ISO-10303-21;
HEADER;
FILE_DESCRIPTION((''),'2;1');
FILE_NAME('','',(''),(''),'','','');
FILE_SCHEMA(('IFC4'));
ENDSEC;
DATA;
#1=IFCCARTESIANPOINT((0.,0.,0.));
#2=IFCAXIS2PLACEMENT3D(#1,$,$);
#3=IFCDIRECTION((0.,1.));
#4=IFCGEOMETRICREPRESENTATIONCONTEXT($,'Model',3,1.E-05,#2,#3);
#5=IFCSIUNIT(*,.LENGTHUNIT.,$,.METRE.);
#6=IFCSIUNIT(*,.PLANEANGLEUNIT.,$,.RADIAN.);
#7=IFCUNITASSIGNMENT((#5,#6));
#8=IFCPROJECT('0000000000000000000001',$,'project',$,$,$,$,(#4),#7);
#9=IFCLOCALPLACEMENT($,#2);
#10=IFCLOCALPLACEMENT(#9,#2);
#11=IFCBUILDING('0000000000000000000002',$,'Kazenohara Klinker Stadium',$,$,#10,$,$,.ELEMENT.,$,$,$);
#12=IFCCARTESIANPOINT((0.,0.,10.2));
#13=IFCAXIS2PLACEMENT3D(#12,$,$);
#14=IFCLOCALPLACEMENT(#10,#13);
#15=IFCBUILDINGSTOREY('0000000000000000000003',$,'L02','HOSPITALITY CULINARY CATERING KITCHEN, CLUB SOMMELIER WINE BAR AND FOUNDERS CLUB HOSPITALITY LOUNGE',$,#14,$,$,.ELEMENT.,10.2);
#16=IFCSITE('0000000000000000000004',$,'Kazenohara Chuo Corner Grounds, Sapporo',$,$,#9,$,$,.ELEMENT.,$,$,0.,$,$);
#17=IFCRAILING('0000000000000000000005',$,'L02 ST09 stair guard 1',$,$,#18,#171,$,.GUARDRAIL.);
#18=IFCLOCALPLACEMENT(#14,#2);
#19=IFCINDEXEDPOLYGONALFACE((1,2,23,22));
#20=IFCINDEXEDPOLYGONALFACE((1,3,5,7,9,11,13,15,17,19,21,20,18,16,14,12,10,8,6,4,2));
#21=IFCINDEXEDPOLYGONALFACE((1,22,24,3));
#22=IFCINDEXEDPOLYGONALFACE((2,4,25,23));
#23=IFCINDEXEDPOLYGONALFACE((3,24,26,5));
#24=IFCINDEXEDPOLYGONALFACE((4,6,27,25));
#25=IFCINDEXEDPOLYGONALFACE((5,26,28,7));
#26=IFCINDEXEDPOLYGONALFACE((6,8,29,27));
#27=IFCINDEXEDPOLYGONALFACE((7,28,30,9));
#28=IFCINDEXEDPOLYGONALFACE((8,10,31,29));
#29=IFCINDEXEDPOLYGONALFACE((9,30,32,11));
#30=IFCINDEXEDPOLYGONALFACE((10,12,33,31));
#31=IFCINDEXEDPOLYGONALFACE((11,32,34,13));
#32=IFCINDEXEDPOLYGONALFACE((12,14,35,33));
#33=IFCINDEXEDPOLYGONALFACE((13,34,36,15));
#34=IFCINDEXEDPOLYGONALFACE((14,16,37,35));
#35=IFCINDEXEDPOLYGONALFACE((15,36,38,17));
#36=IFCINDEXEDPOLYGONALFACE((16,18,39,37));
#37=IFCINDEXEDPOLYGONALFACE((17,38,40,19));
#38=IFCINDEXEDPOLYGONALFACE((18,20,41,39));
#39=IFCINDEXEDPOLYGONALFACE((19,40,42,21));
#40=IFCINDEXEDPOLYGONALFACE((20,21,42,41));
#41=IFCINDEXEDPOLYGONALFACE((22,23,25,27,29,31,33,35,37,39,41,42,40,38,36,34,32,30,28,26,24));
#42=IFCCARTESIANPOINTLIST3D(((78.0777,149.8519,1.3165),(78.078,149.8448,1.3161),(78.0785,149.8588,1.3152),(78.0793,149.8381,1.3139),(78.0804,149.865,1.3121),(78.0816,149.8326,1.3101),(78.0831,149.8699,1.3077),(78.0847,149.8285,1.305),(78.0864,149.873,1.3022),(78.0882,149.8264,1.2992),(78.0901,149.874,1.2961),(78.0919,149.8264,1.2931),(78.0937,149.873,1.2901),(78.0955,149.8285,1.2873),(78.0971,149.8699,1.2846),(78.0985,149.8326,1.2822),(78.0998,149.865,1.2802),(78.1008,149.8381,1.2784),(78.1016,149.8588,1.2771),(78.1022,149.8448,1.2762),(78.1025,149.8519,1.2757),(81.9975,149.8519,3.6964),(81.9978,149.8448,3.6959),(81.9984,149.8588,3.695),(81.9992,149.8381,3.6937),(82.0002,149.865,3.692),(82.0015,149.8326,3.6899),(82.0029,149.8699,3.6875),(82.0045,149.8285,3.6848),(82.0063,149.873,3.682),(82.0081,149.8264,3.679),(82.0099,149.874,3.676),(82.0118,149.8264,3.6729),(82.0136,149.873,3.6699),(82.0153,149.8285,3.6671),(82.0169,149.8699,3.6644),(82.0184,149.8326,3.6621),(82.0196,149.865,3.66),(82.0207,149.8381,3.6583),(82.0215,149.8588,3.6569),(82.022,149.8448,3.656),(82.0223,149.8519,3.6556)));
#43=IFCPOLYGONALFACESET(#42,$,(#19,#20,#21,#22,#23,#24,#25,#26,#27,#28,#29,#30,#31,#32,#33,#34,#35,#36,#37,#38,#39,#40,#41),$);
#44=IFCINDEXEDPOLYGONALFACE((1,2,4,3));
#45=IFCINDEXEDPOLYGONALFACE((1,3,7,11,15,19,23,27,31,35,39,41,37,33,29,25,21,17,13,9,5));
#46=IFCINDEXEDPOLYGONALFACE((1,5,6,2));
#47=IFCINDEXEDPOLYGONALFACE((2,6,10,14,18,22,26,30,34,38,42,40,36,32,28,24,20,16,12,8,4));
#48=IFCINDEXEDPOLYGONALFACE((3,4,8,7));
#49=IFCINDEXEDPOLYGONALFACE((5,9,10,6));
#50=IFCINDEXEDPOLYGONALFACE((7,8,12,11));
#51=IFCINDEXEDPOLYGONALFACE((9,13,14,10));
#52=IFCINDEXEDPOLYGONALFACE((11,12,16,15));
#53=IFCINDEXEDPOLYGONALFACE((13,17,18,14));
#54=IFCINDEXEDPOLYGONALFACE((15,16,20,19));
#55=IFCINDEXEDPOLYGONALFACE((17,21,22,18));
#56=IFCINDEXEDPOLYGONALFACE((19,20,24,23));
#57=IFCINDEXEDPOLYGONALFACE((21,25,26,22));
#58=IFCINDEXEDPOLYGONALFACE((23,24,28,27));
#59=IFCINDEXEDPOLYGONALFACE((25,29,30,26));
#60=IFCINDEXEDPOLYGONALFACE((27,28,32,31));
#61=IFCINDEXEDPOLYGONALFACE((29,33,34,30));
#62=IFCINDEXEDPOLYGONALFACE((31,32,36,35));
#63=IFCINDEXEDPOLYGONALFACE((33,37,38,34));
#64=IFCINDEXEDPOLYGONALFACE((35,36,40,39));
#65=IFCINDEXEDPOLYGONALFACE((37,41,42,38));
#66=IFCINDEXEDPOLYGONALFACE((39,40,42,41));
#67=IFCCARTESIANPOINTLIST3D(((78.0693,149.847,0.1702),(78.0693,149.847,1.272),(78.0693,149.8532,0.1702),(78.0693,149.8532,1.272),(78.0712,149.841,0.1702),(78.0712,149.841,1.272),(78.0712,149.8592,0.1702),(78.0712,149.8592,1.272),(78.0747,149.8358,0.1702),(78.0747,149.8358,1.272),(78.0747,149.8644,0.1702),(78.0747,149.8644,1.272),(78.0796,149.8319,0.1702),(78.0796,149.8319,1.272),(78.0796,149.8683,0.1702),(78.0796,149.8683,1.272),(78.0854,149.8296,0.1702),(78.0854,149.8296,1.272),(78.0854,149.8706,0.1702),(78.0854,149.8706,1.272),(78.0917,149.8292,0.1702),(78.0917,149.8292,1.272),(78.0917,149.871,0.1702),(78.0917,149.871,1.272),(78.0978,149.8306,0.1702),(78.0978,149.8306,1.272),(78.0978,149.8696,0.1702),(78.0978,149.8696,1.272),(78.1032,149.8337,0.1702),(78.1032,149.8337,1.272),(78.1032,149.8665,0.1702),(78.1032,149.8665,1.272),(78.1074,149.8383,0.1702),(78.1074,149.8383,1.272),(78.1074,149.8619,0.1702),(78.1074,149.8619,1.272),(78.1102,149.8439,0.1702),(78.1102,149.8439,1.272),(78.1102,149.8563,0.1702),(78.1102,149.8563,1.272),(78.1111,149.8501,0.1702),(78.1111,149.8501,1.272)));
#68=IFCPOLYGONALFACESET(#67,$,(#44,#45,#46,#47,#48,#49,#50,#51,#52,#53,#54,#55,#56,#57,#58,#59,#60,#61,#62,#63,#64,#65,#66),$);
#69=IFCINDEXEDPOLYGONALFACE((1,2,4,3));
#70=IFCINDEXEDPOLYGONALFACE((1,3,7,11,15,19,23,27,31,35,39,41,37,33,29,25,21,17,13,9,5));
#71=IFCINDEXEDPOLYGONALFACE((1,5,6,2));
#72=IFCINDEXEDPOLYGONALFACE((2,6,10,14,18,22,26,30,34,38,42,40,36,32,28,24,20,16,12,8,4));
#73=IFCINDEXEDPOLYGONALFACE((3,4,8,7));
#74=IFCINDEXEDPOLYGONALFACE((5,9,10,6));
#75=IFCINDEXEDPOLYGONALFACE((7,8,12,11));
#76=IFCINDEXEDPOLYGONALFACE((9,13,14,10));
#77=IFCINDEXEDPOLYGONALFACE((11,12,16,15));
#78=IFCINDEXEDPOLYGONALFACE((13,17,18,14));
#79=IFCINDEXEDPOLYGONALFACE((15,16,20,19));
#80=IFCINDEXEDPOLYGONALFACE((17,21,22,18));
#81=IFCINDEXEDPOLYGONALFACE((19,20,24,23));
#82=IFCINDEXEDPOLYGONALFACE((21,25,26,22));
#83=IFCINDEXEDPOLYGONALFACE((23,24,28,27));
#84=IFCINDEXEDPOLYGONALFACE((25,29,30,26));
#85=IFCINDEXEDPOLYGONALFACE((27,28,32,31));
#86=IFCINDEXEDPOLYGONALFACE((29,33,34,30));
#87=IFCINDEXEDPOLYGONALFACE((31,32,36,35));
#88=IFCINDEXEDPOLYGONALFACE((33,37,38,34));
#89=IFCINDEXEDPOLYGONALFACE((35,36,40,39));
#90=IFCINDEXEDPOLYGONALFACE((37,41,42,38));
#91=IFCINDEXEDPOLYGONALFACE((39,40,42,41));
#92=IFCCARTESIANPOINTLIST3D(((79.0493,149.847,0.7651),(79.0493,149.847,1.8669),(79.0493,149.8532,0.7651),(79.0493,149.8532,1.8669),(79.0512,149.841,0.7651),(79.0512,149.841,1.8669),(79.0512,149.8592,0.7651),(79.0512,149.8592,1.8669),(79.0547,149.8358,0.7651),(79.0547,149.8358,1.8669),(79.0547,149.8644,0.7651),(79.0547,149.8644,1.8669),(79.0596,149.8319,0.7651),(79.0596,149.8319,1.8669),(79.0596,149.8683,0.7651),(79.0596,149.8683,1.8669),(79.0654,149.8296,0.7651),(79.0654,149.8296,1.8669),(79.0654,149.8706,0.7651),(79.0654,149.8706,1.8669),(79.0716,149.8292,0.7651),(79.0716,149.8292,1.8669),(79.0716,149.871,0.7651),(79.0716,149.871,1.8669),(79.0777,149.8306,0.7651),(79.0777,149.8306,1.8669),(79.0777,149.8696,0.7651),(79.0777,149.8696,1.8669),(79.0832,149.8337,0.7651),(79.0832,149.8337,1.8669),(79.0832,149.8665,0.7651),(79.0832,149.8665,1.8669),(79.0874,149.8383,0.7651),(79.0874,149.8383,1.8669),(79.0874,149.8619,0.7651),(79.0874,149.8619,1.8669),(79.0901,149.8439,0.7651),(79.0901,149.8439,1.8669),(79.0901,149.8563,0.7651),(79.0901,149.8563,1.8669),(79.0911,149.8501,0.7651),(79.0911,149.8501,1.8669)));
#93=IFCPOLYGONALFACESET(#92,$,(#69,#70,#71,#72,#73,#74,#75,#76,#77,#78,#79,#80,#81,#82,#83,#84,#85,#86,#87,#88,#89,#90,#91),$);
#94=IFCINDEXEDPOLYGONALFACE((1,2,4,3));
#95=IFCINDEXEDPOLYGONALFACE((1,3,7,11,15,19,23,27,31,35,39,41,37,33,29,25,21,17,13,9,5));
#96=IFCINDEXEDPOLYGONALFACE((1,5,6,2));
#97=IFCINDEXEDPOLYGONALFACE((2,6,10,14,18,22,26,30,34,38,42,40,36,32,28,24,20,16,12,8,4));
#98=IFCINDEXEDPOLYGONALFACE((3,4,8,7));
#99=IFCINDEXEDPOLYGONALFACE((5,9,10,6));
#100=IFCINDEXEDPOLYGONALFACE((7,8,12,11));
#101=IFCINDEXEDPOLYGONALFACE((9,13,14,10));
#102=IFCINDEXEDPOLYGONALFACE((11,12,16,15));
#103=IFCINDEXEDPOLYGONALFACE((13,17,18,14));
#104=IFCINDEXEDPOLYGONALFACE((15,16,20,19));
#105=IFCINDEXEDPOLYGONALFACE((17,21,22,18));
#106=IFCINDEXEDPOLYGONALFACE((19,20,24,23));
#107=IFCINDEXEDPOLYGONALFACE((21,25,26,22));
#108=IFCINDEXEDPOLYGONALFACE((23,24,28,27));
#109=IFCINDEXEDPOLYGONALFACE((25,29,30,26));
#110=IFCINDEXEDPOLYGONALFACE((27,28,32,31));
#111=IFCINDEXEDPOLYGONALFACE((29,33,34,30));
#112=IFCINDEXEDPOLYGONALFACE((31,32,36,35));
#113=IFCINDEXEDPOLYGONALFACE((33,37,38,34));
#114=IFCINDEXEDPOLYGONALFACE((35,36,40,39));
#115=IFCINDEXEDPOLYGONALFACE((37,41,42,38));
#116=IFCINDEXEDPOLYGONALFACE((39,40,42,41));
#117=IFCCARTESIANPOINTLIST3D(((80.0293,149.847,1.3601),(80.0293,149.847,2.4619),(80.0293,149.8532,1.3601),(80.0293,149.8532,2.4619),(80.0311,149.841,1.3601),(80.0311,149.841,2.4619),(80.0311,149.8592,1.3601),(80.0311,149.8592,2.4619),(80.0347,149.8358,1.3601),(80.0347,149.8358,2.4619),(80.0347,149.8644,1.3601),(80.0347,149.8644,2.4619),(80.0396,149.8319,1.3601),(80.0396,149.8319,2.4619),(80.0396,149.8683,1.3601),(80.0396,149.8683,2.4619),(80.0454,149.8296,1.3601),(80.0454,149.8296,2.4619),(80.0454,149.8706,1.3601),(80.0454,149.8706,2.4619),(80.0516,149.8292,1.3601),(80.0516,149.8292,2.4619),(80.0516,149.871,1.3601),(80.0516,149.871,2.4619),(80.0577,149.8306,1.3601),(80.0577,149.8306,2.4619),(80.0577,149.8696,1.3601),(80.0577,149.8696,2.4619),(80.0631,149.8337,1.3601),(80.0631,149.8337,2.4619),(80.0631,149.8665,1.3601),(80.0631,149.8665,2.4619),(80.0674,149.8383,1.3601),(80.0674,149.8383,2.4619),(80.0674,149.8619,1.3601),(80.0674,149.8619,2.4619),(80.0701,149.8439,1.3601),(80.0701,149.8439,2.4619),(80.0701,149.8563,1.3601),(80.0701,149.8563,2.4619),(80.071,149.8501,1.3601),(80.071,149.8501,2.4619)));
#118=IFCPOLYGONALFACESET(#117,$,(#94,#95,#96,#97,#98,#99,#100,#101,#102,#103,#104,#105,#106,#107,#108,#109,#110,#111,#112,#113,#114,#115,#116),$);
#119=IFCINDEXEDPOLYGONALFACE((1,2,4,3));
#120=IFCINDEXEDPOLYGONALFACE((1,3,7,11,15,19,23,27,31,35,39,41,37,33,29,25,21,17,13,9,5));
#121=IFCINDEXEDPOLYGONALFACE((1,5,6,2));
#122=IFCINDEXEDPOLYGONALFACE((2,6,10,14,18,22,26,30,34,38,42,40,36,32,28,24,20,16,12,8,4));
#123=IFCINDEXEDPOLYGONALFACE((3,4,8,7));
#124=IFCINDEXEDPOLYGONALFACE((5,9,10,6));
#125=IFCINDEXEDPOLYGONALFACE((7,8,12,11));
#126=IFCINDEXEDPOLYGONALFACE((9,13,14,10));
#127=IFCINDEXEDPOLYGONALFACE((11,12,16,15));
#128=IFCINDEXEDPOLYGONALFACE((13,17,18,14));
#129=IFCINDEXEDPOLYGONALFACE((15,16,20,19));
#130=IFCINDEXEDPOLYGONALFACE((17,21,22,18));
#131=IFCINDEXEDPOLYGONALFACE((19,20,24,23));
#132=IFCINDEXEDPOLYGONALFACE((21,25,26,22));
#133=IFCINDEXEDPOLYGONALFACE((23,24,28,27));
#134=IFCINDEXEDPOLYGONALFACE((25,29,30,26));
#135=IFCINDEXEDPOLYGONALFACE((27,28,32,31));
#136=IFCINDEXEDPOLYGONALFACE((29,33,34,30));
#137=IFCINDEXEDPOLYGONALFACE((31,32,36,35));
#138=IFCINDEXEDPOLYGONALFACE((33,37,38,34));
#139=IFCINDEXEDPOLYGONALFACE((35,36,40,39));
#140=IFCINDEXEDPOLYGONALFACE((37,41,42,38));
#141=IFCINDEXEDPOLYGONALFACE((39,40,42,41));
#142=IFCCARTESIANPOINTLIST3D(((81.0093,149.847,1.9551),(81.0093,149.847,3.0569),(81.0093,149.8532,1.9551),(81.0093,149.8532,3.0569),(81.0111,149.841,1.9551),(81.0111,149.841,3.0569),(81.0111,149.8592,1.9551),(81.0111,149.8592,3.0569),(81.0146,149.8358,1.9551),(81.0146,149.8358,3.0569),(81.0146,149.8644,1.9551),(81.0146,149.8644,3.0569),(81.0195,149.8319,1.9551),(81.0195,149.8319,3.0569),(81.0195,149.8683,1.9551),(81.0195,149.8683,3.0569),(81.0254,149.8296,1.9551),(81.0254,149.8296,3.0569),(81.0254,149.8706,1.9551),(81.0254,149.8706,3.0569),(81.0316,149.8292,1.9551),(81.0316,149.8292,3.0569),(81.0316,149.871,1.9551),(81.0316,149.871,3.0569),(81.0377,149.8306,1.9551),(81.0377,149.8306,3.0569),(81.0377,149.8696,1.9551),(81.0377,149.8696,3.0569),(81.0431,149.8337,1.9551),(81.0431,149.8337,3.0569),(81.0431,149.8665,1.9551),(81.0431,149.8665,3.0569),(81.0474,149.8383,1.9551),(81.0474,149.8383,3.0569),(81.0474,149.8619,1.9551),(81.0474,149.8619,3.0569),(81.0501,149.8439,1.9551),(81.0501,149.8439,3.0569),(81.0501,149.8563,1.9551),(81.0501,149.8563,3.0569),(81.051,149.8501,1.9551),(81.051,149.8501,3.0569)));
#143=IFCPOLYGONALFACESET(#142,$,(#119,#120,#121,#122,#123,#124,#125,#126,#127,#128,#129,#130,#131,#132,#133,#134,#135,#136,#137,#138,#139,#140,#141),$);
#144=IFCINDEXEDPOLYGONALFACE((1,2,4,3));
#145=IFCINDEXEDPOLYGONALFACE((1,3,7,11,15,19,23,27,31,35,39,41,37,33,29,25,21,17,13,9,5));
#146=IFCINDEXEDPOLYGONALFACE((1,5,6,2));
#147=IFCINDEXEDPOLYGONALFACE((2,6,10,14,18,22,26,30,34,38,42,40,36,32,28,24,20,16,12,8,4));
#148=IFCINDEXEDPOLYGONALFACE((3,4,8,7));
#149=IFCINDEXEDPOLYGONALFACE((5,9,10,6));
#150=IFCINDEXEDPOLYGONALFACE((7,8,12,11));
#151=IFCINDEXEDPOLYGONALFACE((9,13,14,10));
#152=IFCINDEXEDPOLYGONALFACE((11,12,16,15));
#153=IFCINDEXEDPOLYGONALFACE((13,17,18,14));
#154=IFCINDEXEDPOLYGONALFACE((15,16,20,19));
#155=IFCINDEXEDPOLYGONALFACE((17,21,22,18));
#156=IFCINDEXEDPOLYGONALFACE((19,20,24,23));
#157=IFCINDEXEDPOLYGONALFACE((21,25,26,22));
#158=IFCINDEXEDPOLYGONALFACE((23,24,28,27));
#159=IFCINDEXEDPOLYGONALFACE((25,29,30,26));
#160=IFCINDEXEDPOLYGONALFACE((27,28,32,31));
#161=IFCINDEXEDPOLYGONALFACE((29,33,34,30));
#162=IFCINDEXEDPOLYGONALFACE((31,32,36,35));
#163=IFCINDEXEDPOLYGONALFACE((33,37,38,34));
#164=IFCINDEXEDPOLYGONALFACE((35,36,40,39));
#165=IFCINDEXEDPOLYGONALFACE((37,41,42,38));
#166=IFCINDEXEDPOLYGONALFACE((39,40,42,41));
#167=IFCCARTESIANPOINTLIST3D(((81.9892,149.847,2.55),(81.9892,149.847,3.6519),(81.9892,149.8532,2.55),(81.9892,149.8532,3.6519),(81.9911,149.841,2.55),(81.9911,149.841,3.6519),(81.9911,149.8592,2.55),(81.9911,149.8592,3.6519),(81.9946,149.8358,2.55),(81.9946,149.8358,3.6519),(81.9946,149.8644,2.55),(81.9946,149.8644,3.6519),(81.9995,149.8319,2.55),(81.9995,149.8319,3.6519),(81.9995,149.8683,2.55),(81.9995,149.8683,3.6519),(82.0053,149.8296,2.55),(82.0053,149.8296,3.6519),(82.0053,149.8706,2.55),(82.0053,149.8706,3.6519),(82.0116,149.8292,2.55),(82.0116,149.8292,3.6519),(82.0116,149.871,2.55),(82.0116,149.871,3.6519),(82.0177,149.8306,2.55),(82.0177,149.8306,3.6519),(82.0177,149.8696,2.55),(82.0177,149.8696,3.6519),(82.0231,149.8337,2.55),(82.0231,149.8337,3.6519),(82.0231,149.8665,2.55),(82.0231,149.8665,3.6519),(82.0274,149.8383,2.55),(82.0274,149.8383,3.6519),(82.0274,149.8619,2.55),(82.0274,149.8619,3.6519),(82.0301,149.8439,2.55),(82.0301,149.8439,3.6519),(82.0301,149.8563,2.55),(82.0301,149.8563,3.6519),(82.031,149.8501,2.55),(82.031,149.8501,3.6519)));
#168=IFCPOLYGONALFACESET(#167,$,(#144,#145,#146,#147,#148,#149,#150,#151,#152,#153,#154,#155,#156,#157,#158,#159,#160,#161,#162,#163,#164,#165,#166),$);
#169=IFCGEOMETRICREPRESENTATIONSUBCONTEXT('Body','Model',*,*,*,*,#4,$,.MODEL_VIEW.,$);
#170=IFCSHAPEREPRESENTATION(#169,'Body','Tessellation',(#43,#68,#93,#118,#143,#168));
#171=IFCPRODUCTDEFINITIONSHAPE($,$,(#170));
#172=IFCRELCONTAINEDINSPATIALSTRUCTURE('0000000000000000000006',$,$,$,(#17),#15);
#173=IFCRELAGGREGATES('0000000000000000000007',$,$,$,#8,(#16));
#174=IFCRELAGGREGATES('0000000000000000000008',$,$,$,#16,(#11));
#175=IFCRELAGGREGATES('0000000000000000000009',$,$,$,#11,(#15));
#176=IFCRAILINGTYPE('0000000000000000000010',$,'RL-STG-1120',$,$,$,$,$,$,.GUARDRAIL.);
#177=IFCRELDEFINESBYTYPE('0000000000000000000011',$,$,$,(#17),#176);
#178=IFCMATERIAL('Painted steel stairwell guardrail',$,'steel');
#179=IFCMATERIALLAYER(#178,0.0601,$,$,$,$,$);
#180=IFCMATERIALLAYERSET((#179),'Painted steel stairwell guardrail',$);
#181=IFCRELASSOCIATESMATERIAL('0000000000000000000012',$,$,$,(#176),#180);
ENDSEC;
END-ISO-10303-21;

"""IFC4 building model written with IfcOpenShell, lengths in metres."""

from ifc_helpers import new_model, si_unit, direction, frame, origin, origin_2d, place, context, subcontext, project, spatial, circle, extrude, material, layer, layer_set, type_object, element, save


model = new_model("IFC4")

# Units and contexts
model_context = context("Model", 3, precision=1e-05, world=origin(), true_north=direction((0.0, 1.0)))
body_context = subcontext(model_context, "Body", "Model", "MODEL_VIEW")
ifc_project = project(units=[si_unit("LENGTHUNIT", "METRE"), si_unit("PLANEANGLEUNIT", "RADIAN")], contexts=[model_context])

# Site, building, storey
site_placement = place(None, origin())
site = spatial("IfcSite", under=ifc_project, at=site_placement, Name="Kazenohara Chuo Corner Grounds, Sapporo", CompositionType="ELEMENT", RefElevation=0.0)
building_placement = place(site_placement, origin())
building = spatial("IfcBuilding", under=site, at=building_placement, Name="Kazenohara Klinker Stadium", CompositionType="ELEMENT")
storey_placement = place(building_placement, frame((0.0, 0.0, 10.2)))
storey = spatial("IfcBuildingStorey", under=building, at=storey_placement, Name="L02", Description="HOSPITALITY CULINARY CATERING KITCHEN, CLUB SOMMELIER WINE BAR AND FOUNDERS CLUB HOSPITALITY LOUNGE", CompositionType="ELEMENT", Elevation=10.2)

# Railing
ifc_material_1 = material(Name="Painted steel stairwell guardrail", Category="steel")
ifc_layer_1 = layer(ifc_material_1, 0.0601)
ifc_layer_set_1 = layer_set([ifc_layer_1], Name="Painted steel stairwell guardrail")
railing_type_1 = type_object("IfcRailingType", Name="RL-STG-1120", PredefinedType="GUARDRAIL", material=ifc_layer_set_1)
railing_1_placement = place(storey_placement, frame((78.0901, 149.8501, 0.1702)))
element("IfcRailing", 1, at=railing_1_placement, inside=storey, type_object=railing_type_1, Name="L02 ST09 stair guard 1", PredefinedType="GUARDRAIL", context=body_context, shape_type="SweptSolid", body=[
    extrude(circle(Radius=0.0239, at=origin_2d()), frame((0.0, 0.0, 1.126), z_axis=(0.854794, 0.0, 0.518967), x_axis=(0.0, 1.0, 0.0)), (0.0, 0.0, 1.0), 4.5857),
    extrude(circle(Radius=0.021, at=origin_2d()), origin(), (0.0, 0.0, 1.0), 1.1018),
    extrude(circle(Radius=0.021, at=origin_2d()), frame((0.98, 0.0, 0.595)), (0.0, 0.0, 1.0), 1.1018),
    extrude(circle(Radius=0.021, at=origin_2d()), frame((1.96, 0.0, 1.1899)), (0.0, 0.0, 1.0), 1.1018),
    extrude(circle(Radius=0.021, at=origin_2d()), frame((2.9399, 0.0, 1.7849)), (0.0, 0.0, 1.0), 1.1018),
    extrude(circle(Radius=0.021, at=origin_2d()), frame((3.9199, 0.0, 2.3799)), (0.0, 0.0, 1.0), 1.1018),
])

save(model, "model.ifc")
